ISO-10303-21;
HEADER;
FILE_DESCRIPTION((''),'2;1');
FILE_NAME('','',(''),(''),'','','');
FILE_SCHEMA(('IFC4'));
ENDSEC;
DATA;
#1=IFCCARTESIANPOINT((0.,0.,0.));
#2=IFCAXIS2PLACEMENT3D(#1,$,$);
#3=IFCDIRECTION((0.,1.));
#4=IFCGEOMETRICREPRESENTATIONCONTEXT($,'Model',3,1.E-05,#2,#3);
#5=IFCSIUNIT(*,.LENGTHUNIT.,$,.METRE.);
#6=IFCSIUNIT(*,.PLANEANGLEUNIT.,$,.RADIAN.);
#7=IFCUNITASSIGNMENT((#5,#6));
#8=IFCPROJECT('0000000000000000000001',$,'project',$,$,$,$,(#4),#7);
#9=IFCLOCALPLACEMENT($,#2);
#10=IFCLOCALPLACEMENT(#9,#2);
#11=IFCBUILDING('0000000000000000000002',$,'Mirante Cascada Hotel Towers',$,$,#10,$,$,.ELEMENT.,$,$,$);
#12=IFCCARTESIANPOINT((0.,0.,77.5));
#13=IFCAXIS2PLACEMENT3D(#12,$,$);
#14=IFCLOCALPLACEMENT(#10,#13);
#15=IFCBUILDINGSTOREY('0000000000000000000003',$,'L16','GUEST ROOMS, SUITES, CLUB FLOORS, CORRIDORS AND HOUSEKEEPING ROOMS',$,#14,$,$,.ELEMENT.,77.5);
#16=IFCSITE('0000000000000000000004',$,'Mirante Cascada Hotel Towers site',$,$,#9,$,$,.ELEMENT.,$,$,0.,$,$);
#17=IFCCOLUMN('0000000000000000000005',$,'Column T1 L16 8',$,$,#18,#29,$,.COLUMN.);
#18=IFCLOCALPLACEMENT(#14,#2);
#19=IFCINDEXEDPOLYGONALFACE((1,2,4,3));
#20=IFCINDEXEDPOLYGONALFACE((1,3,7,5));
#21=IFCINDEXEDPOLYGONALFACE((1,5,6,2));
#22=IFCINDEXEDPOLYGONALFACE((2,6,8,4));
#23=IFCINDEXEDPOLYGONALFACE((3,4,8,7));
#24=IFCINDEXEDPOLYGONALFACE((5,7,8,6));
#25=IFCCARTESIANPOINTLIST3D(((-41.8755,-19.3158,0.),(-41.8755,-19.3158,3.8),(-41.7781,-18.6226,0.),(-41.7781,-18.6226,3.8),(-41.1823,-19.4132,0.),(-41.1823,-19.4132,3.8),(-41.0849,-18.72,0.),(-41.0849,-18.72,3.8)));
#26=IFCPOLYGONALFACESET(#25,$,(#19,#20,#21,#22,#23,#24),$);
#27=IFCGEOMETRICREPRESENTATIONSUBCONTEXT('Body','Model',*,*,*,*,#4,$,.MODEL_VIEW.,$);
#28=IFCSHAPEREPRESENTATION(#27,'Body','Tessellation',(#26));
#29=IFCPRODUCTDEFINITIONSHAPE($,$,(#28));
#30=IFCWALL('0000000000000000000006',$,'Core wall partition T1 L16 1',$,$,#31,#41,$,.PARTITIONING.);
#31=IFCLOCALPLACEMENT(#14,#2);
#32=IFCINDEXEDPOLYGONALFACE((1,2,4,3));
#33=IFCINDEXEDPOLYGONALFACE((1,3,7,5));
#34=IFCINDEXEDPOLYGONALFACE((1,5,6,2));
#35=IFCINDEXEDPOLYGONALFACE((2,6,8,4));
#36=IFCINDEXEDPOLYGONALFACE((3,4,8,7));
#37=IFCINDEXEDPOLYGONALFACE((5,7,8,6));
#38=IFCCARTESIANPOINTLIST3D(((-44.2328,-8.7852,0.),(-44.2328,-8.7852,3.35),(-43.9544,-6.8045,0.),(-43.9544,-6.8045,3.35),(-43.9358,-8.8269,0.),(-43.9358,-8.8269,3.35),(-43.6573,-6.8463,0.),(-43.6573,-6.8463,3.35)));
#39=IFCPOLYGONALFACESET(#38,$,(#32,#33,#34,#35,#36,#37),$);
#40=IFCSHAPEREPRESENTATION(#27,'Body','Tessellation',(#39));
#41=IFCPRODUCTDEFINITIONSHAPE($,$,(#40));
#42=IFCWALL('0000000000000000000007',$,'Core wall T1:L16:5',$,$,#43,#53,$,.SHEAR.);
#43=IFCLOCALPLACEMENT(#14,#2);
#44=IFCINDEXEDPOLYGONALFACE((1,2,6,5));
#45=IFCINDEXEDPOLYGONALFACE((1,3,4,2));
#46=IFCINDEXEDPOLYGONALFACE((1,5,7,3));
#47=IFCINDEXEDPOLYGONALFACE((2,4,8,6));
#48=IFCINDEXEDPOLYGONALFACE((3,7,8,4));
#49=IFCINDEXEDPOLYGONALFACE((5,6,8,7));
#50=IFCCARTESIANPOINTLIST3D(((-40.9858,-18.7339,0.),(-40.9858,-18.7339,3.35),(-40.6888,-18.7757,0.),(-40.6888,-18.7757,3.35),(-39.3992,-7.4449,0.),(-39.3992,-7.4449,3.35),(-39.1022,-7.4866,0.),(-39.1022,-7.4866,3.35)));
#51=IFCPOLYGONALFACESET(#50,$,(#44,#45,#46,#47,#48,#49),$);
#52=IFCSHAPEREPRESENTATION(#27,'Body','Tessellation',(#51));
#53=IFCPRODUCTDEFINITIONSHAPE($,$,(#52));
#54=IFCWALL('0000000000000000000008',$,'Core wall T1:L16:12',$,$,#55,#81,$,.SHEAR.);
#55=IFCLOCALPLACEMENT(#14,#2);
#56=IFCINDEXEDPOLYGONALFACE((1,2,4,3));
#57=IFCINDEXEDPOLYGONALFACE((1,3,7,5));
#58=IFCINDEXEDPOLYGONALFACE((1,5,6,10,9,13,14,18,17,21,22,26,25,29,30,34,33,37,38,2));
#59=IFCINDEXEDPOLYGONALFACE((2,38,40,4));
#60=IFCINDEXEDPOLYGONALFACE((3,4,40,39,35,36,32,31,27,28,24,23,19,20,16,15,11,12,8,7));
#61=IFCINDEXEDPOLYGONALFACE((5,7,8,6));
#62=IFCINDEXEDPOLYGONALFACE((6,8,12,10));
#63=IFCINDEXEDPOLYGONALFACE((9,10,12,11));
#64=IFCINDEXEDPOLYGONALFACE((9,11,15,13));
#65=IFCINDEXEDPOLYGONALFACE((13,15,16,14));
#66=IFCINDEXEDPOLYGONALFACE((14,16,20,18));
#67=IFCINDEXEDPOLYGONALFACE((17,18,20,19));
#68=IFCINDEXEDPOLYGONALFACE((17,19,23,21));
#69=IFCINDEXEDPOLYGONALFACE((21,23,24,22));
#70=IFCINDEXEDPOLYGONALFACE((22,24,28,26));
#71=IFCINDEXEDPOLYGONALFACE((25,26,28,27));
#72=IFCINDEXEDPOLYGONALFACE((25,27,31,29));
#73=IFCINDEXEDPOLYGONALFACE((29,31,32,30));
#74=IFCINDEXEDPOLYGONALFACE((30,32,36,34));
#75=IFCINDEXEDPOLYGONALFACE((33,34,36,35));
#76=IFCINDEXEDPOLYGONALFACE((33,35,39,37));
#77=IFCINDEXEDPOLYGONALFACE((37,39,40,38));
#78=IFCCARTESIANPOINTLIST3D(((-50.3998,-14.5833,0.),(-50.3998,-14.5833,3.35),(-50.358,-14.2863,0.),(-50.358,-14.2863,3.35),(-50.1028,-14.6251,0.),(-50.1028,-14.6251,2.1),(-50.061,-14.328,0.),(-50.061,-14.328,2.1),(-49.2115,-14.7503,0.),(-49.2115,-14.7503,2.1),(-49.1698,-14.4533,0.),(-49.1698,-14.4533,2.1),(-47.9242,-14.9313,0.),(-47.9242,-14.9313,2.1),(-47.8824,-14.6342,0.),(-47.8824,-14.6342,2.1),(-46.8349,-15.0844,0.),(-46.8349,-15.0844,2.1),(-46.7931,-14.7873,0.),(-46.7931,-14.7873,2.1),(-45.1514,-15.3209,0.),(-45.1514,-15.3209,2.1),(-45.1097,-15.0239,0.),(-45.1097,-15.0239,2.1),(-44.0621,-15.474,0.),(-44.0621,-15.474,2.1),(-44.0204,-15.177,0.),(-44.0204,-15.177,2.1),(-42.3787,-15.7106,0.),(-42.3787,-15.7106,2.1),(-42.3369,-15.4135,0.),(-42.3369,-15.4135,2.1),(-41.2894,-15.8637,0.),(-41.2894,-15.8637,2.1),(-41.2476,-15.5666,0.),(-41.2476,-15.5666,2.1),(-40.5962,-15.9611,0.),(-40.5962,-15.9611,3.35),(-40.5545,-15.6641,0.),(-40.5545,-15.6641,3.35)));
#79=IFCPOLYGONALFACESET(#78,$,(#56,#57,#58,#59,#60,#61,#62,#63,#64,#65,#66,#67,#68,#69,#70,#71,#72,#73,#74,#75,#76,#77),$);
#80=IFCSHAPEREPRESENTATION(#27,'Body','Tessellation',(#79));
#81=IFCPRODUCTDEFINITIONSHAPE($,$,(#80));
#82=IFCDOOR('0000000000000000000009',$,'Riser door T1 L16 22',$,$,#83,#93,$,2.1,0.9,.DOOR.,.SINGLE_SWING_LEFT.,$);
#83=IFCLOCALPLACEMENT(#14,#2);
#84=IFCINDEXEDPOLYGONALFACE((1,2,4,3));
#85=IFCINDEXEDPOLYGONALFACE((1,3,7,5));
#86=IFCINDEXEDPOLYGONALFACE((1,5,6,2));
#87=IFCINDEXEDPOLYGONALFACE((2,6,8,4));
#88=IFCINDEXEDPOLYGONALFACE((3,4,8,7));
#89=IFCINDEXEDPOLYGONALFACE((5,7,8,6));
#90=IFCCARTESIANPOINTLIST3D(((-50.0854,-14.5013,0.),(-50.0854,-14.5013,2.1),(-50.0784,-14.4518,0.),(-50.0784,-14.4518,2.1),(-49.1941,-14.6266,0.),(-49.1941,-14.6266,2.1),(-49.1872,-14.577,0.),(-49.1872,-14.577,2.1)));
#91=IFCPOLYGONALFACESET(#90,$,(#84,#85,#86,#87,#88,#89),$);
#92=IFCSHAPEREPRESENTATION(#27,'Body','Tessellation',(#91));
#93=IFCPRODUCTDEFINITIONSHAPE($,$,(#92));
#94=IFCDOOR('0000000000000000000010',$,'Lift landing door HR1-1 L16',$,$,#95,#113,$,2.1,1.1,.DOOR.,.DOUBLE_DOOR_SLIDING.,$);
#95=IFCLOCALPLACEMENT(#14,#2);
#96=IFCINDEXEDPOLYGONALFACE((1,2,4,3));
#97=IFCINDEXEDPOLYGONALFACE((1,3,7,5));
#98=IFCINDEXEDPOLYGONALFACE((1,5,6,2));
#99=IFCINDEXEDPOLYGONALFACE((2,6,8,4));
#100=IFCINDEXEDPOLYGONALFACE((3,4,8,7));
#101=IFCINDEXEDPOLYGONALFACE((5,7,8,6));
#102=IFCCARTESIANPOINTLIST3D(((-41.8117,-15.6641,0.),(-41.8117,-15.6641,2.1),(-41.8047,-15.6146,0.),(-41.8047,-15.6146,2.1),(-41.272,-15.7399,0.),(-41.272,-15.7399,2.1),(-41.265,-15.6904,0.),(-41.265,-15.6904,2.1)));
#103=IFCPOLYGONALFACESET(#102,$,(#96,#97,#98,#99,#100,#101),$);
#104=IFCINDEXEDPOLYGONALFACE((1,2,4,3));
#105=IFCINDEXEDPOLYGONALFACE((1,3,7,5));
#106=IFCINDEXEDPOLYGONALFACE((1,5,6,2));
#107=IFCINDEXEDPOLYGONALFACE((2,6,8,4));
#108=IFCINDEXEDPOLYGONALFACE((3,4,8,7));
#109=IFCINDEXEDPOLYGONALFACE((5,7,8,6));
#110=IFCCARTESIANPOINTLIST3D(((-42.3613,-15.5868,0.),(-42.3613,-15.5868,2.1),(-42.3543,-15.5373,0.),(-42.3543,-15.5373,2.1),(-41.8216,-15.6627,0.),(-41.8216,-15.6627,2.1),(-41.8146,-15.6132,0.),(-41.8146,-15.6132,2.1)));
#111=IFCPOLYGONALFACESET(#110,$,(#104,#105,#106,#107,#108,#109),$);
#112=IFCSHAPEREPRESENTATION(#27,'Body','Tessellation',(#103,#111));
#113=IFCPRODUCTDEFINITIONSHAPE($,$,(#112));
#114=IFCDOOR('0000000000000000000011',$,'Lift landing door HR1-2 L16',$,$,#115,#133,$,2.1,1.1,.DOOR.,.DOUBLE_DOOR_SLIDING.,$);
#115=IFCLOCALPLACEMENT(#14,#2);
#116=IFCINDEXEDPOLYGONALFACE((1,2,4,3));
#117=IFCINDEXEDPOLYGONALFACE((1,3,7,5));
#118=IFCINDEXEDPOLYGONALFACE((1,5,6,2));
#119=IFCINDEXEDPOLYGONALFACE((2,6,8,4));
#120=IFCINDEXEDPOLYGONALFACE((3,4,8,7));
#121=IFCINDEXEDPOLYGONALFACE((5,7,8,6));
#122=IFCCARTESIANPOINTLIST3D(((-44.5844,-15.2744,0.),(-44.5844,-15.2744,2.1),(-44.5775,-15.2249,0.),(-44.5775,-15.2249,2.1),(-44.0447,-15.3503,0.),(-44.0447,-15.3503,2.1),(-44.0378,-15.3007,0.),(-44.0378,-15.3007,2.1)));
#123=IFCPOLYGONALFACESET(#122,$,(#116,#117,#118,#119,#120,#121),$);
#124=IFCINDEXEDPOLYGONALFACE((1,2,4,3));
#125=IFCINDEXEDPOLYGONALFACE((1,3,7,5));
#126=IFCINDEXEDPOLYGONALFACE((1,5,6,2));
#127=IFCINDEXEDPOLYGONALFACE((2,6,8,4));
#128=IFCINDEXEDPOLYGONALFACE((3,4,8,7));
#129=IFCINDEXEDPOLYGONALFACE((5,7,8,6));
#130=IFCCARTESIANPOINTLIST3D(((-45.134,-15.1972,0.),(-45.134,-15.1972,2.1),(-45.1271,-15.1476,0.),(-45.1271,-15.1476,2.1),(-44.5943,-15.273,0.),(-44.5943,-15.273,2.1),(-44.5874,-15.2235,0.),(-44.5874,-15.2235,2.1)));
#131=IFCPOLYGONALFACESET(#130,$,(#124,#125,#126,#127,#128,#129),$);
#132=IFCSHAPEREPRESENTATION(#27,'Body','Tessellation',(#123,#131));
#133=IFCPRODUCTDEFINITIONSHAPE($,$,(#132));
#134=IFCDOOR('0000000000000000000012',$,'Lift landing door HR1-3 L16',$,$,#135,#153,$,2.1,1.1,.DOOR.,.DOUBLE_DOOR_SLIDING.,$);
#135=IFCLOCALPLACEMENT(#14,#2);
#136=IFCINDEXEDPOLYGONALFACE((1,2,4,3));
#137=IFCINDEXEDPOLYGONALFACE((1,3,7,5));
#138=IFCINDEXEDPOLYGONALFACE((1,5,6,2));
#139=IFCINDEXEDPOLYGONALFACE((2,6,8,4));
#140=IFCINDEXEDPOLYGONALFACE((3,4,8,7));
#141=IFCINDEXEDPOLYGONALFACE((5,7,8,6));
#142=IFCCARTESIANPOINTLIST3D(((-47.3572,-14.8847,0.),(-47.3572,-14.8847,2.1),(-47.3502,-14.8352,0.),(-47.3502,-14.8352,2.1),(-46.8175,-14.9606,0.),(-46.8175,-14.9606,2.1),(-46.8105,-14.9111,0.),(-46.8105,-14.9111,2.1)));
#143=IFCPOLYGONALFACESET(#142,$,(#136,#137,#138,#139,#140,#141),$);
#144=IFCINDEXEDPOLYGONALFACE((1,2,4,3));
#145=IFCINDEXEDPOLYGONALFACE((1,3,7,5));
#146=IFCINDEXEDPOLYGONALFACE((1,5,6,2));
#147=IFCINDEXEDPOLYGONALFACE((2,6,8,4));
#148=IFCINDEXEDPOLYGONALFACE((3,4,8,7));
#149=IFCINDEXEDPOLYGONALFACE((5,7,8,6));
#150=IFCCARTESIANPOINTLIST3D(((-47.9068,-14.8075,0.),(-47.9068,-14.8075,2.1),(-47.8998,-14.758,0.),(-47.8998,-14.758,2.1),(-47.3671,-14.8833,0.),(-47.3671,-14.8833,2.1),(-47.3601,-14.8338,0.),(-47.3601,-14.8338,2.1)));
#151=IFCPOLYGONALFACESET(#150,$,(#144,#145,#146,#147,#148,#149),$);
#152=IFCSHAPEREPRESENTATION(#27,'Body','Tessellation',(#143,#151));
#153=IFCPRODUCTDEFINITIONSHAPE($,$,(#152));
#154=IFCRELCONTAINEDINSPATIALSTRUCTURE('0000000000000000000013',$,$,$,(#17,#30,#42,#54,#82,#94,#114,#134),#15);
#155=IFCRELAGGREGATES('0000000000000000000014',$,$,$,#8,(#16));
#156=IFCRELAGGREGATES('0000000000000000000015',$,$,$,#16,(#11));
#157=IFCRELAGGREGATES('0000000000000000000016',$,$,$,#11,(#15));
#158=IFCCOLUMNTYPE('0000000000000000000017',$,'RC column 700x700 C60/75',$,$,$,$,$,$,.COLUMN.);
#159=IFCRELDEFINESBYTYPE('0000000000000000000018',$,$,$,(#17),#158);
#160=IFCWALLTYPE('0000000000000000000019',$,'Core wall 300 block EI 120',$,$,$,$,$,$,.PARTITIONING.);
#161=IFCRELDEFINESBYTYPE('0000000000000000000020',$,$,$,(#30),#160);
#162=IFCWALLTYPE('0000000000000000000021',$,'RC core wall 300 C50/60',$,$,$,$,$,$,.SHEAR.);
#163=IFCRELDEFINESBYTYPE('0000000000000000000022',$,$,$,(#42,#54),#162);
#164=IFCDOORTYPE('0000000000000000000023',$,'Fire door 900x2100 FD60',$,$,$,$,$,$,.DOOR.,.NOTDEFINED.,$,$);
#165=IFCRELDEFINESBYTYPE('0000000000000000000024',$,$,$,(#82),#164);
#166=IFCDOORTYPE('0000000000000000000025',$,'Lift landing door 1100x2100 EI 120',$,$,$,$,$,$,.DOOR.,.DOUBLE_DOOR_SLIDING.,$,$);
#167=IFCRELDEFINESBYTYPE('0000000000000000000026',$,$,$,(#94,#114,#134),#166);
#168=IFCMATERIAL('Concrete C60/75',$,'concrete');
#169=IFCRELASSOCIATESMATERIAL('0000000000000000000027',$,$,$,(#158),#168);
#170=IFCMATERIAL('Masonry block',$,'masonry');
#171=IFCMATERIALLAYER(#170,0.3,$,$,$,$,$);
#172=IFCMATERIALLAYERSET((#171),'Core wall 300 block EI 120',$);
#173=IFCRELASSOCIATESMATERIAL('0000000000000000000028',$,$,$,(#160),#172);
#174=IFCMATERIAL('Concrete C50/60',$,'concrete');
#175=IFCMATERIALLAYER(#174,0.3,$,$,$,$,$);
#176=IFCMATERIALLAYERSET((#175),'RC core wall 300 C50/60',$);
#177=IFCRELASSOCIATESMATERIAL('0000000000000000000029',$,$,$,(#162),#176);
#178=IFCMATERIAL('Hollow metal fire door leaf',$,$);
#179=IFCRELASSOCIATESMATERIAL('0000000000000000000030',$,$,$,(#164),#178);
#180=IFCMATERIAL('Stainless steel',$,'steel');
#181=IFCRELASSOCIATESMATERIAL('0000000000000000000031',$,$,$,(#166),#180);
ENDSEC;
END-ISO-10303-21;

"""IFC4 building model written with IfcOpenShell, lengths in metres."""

from ifc_helpers import new_model, si_unit, direction, frame, frame_2d, origin, origin_2d, place, context, subcontext, project, spatial, rectangle, extrude, material, layer, layer_set, material_profile, profile_set, type_object, element, fill, save


model = new_model("IFC4")

# Units and contexts
model_context = context("Model", 3, precision=1e-05, world=origin(), true_north=direction((0.0, 1.0)))
body_context = subcontext(model_context, "Body", "Model", "MODEL_VIEW")
ifc_project = project(units=[si_unit("LENGTHUNIT", "METRE"), si_unit("PLANEANGLEUNIT", "RADIAN")], contexts=[model_context])

# Site, building, storey
site_placement = place(None, origin())
site = spatial("IfcSite", under=ifc_project, at=site_placement, Name="Mirante Cascada Hotel Towers site", CompositionType="ELEMENT", RefElevation=0.0)
building_placement = place(site_placement, origin())
building = spatial("IfcBuilding", under=site, at=building_placement, Name="Mirante Cascada Hotel Towers", CompositionType="ELEMENT")
storey_placement = place(building_placement, frame((0.0, 0.0, 77.5)))
storey = spatial("IfcBuildingStorey", under=building, at=storey_placement, Name="L16", Description="GUEST ROOMS, SUITES, CLUB FLOORS, CORRIDORS AND HOUSEKEEPING ROOMS", CompositionType="ELEMENT", Elevation=77.5)

# Column
ifc_material_1 = material(Name="Concrete C60/75", Category="concrete")
ifc_material_profile = material_profile(ifc_material_1, rectangle(XDim=0.7, YDim=0.7, at=origin_2d()), Name="RC column 700x700 C60/75")
ifc_profile_set = profile_set([ifc_material_profile], Name="Concrete C60/75")
column_type = type_object("IfcColumnType", Name="RC column 700x700 C60/75", PredefinedType="COLUMN", material=ifc_profile_set)
column_placement = place(storey_placement, frame((-41.4802, -19.0179, 0.0), z_axis=(0.0, 0.0, 1.0), x_axis=(-0.990268, 0.139173, 0.0)))
element("IfcColumn", 1, at=column_placement, inside=storey, type_object=column_type, Name="Column T1 L16 8", PredefinedType="COLUMN", context=body_context, shape_type="SweptSolid", body=[
    extrude(rectangle(XDim=0.7, YDim=0.7, at=origin_2d()), origin(), (0.0, 0.0, 1.0), 3.8),
])

# Walls
ifc_material_2 = material(Name="Masonry block", Category="masonry")
ifc_layer_1 = layer(ifc_material_2, 0.3)
ifc_layer_set_1 = layer_set([ifc_layer_1], Name="Core wall 300 block EI 120")
wall_type_1 = type_object("IfcWallType", Name="Core wall 300 block EI 120", PredefinedType="PARTITIONING", material=ifc_layer_set_1)
wall_1_placement = place(storey_placement, frame((-44.0843, -8.8061, 0.0), z_axis=(0.0, 0.0, 1.0), x_axis=(0.139195, 0.990265, 0.0)))
element("IfcWall", 2, at=wall_1_placement, inside=storey, type_object=wall_type_1, Name="Core wall partition T1 L16 1", PredefinedType="PARTITIONING", context=body_context, shape_type="SweptSolid", body=[
    extrude(rectangle(XDim=2.0001, YDim=0.3, at=frame_2d((1.0001, 0.0))), origin(), (0.0, 0.0, 1.0), 3.35),
])
ifc_material_3 = material(Name="Concrete C50/60", Category="concrete")
ifc_layer_2 = layer(ifc_material_3, 0.3)
ifc_layer_set_2 = layer_set([ifc_layer_2], Name="RC core wall 300 C50/60")
wall_type_2 = type_object("IfcWallType", Name="RC core wall 300 C50/60", PredefinedType="SHEAR", material=ifc_layer_set_2)
wall_2_placement = place(storey_placement, frame((-40.8373, -18.7548, 0.0), z_axis=(0.0, 0.0, 1.0), x_axis=(0.139175, 0.990268, 0.0)))
element("IfcWall", 3, at=wall_2_placement, inside=storey, type_object=wall_type_2, Name="Core wall T1:L16:5", PredefinedType="SHEAR", context=body_context, shape_type="SweptSolid", body=[
    extrude(rectangle(XDim=11.4, YDim=0.3, at=frame_2d((5.7, 0.0))), origin(), (0.0, 0.0, 1.0), 3.35),
])

# Wall, openings, doors
wall_3_placement = place(storey_placement, frame((-40.5753, -15.8126, 0.0), z_axis=(0.0, 0.0, 1.0), x_axis=(-0.990268, 0.139173, 0.0)))
wall_3 = element("IfcWall", 4, at=wall_3_placement, inside=storey, type_object=wall_type_2, Name="Core wall T1:L16:12", PredefinedType="SHEAR", context=body_context, shape_type="SweptSolid", body=[
    extrude(rectangle(XDim=9.8999, YDim=0.3, at=frame_2d((4.95, 0.0))), origin(), (0.0, 0.0, 1.0), 3.35),
])
opening_1_placement = place(wall_3_placement, frame((0.7, 0.0, 0.0)))
opening_1 = element("IfcOpeningElement", 5, at=opening_1_placement, cuts=wall_3, PredefinedType="OPENING", context=body_context, shape_type="SweptSolid", body=[
    extrude(rectangle(XDim=1.1, YDim=2.1, at=frame_2d((0.55, 1.05))), frame((0.0, 0.15, 0.0), z_axis=(0.0, -1.0, 0.0), x_axis=(1.0, 0.0, 0.0)), (0.0, 0.0, 1.0), 0.3),
])
opening_2_placement = place(wall_3_placement, frame((3.5, 0.0, 0.0)))
opening_2 = element("IfcOpeningElement", 6, at=opening_2_placement, cuts=wall_3, PredefinedType="OPENING", context=body_context, shape_type="SweptSolid", body=[
    extrude(rectangle(XDim=1.1, YDim=2.1, at=frame_2d((0.55, 1.05))), frame((0.0, 0.15, 0.0), z_axis=(0.0, -1.0, 0.0), x_axis=(1.0, 0.0, 0.0)), (0.0, 0.0, 1.0), 0.3),
])
opening_3_placement = place(wall_3_placement, frame((6.3, 0.0, 0.0)))
opening_3 = element("IfcOpeningElement", 7, at=opening_3_placement, cuts=wall_3, PredefinedType="OPENING", context=body_context, shape_type="SweptSolid", body=[
    extrude(rectangle(XDim=1.1, YDim=2.1, at=frame_2d((0.55, 1.05))), frame((0.0, 0.15, 0.0), z_axis=(0.0, -1.0, 0.0), x_axis=(1.0, 0.0, 0.0)), (0.0, 0.0, 1.0), 0.3),
])
opening_4_placement = place(wall_3_placement, frame((8.7, 0.0, 0.0)))
opening_4 = element("IfcOpeningElement", 8, at=opening_4_placement, cuts=wall_3, PredefinedType="OPENING", context=body_context, shape_type="SweptSolid", body=[
    extrude(rectangle(XDim=0.9, YDim=2.1, at=frame_2d((0.45, 1.05))), frame((0.0, 0.15, 0.0), z_axis=(0.0, -1.0, 0.0), x_axis=(1.0, 0.0, 0.0)), (0.0, 0.0, 1.0), 0.3),
])
ifc_material_4 = material(Name="Hollow metal fire door leaf")
door_type_1 = type_object("IfcDoorType", Name="Fire door 900x2100 FD60", OperationType="NOTDEFINED", PredefinedType="DOOR", material=ifc_material_4)
door_1_placement = place(opening_4_placement, origin())
door_1 = element("IfcDoor", 9, at=door_1_placement, inside=storey, type_object=door_type_1, Name="Riser door T1 L16 22", OperationType="SINGLE_SWING_LEFT", OverallHeight=2.1, OverallWidth=0.9, PredefinedType="DOOR", context=body_context, shape_type="SweptSolid", body=[
    extrude(rectangle(XDim=0.9, YDim=2.1, at=frame_2d((0.45, 1.05))), frame((0.0, 0.025, 0.0), z_axis=(0.0, -1.0, 0.0), x_axis=(1.0, 0.0, 0.0)), (0.0, 0.0, 1.0), 0.05),
])
fill(opening_4, door_1)
ifc_material_5 = material(Name="Stainless steel", Category="steel")
door_type_2 = type_object("IfcDoorType", Name="Lift landing door 1100x2100 EI 120", OperationType="DOUBLE_DOOR_SLIDING", PredefinedType="DOOR", material=ifc_material_5)
door_2_placement = place(opening_1_placement, origin())
door_2 = element("IfcDoor", 10, at=door_2_placement, inside=storey, type_object=door_type_2, Name="Lift landing door HR1-1 L16", OperationType="DOUBLE_DOOR_SLIDING", OverallHeight=2.1, OverallWidth=1.1, PredefinedType="DOOR", context=body_context, shape_type="SweptSolid", body=[
    extrude(rectangle(XDim=0.545, YDim=2.1, at=frame_2d((0.2725, 1.05))), frame((0.0, 0.025, 0.0), z_axis=(0.0, -1.0, 0.0), x_axis=(1.0, 0.0, 0.0)), (0.0, 0.0, 1.0), 0.05),
    extrude(rectangle(XDim=0.545, YDim=2.1, at=frame_2d((0.8275, 1.05))), frame((0.0, 0.025, 0.0), z_axis=(0.0, -1.0, 0.0), x_axis=(1.0, 0.0, 0.0)), (0.0, 0.0, 1.0), 0.05),
])
fill(opening_1, door_2)
door_3_placement = place(opening_2_placement, origin())
door_3 = element("IfcDoor", 11, at=door_3_placement, inside=storey, type_object=door_type_2, Name="Lift landing door HR1-2 L16", OperationType="DOUBLE_DOOR_SLIDING", OverallHeight=2.1, OverallWidth=1.1, PredefinedType="DOOR", context=body_context, shape_type="SweptSolid", body=[
    extrude(rectangle(XDim=0.545, YDim=2.1, at=frame_2d((0.2725, 1.05))), frame((0.0, 0.025, 0.0), z_axis=(0.0, -1.0, 0.0), x_axis=(1.0, 0.0, 0.0)), (0.0, 0.0, 1.0), 0.05),
    extrude(rectangle(XDim=0.545, YDim=2.1, at=frame_2d((0.8275, 1.05))), frame((0.0, 0.025, 0.0), z_axis=(0.0, -1.0, 0.0), x_axis=(1.0, 0.0, 0.0)), (0.0, 0.0, 1.0), 0.05),
])
fill(opening_2, door_3)
door_4_placement = place(opening_3_placement, origin())
door_4 = element("IfcDoor", 12, at=door_4_placement, inside=storey, type_object=door_type_2, Name="Lift landing door HR1-3 L16", OperationType="DOUBLE_DOOR_SLIDING", OverallHeight=2.1, OverallWidth=1.1, PredefinedType="DOOR", context=body_context, shape_type="SweptSolid", body=[
    extrude(rectangle(XDim=0.545, YDim=2.1, at=frame_2d((0.2725, 1.05))), frame((0.0, 0.025, 0.0), z_axis=(0.0, -1.0, 0.0), x_axis=(1.0, 0.0, 0.0)), (0.0, 0.0, 1.0), 0.05),
    extrude(rectangle(XDim=0.545, YDim=2.1, at=frame_2d((0.8275, 1.05))), frame((0.0, 0.025, 0.0), z_axis=(0.0, -1.0, 0.0), x_axis=(1.0, 0.0, 0.0)), (0.0, 0.0, 1.0), 0.05),
])
fill(opening_3, door_4)

save(model, "model.ifc")
